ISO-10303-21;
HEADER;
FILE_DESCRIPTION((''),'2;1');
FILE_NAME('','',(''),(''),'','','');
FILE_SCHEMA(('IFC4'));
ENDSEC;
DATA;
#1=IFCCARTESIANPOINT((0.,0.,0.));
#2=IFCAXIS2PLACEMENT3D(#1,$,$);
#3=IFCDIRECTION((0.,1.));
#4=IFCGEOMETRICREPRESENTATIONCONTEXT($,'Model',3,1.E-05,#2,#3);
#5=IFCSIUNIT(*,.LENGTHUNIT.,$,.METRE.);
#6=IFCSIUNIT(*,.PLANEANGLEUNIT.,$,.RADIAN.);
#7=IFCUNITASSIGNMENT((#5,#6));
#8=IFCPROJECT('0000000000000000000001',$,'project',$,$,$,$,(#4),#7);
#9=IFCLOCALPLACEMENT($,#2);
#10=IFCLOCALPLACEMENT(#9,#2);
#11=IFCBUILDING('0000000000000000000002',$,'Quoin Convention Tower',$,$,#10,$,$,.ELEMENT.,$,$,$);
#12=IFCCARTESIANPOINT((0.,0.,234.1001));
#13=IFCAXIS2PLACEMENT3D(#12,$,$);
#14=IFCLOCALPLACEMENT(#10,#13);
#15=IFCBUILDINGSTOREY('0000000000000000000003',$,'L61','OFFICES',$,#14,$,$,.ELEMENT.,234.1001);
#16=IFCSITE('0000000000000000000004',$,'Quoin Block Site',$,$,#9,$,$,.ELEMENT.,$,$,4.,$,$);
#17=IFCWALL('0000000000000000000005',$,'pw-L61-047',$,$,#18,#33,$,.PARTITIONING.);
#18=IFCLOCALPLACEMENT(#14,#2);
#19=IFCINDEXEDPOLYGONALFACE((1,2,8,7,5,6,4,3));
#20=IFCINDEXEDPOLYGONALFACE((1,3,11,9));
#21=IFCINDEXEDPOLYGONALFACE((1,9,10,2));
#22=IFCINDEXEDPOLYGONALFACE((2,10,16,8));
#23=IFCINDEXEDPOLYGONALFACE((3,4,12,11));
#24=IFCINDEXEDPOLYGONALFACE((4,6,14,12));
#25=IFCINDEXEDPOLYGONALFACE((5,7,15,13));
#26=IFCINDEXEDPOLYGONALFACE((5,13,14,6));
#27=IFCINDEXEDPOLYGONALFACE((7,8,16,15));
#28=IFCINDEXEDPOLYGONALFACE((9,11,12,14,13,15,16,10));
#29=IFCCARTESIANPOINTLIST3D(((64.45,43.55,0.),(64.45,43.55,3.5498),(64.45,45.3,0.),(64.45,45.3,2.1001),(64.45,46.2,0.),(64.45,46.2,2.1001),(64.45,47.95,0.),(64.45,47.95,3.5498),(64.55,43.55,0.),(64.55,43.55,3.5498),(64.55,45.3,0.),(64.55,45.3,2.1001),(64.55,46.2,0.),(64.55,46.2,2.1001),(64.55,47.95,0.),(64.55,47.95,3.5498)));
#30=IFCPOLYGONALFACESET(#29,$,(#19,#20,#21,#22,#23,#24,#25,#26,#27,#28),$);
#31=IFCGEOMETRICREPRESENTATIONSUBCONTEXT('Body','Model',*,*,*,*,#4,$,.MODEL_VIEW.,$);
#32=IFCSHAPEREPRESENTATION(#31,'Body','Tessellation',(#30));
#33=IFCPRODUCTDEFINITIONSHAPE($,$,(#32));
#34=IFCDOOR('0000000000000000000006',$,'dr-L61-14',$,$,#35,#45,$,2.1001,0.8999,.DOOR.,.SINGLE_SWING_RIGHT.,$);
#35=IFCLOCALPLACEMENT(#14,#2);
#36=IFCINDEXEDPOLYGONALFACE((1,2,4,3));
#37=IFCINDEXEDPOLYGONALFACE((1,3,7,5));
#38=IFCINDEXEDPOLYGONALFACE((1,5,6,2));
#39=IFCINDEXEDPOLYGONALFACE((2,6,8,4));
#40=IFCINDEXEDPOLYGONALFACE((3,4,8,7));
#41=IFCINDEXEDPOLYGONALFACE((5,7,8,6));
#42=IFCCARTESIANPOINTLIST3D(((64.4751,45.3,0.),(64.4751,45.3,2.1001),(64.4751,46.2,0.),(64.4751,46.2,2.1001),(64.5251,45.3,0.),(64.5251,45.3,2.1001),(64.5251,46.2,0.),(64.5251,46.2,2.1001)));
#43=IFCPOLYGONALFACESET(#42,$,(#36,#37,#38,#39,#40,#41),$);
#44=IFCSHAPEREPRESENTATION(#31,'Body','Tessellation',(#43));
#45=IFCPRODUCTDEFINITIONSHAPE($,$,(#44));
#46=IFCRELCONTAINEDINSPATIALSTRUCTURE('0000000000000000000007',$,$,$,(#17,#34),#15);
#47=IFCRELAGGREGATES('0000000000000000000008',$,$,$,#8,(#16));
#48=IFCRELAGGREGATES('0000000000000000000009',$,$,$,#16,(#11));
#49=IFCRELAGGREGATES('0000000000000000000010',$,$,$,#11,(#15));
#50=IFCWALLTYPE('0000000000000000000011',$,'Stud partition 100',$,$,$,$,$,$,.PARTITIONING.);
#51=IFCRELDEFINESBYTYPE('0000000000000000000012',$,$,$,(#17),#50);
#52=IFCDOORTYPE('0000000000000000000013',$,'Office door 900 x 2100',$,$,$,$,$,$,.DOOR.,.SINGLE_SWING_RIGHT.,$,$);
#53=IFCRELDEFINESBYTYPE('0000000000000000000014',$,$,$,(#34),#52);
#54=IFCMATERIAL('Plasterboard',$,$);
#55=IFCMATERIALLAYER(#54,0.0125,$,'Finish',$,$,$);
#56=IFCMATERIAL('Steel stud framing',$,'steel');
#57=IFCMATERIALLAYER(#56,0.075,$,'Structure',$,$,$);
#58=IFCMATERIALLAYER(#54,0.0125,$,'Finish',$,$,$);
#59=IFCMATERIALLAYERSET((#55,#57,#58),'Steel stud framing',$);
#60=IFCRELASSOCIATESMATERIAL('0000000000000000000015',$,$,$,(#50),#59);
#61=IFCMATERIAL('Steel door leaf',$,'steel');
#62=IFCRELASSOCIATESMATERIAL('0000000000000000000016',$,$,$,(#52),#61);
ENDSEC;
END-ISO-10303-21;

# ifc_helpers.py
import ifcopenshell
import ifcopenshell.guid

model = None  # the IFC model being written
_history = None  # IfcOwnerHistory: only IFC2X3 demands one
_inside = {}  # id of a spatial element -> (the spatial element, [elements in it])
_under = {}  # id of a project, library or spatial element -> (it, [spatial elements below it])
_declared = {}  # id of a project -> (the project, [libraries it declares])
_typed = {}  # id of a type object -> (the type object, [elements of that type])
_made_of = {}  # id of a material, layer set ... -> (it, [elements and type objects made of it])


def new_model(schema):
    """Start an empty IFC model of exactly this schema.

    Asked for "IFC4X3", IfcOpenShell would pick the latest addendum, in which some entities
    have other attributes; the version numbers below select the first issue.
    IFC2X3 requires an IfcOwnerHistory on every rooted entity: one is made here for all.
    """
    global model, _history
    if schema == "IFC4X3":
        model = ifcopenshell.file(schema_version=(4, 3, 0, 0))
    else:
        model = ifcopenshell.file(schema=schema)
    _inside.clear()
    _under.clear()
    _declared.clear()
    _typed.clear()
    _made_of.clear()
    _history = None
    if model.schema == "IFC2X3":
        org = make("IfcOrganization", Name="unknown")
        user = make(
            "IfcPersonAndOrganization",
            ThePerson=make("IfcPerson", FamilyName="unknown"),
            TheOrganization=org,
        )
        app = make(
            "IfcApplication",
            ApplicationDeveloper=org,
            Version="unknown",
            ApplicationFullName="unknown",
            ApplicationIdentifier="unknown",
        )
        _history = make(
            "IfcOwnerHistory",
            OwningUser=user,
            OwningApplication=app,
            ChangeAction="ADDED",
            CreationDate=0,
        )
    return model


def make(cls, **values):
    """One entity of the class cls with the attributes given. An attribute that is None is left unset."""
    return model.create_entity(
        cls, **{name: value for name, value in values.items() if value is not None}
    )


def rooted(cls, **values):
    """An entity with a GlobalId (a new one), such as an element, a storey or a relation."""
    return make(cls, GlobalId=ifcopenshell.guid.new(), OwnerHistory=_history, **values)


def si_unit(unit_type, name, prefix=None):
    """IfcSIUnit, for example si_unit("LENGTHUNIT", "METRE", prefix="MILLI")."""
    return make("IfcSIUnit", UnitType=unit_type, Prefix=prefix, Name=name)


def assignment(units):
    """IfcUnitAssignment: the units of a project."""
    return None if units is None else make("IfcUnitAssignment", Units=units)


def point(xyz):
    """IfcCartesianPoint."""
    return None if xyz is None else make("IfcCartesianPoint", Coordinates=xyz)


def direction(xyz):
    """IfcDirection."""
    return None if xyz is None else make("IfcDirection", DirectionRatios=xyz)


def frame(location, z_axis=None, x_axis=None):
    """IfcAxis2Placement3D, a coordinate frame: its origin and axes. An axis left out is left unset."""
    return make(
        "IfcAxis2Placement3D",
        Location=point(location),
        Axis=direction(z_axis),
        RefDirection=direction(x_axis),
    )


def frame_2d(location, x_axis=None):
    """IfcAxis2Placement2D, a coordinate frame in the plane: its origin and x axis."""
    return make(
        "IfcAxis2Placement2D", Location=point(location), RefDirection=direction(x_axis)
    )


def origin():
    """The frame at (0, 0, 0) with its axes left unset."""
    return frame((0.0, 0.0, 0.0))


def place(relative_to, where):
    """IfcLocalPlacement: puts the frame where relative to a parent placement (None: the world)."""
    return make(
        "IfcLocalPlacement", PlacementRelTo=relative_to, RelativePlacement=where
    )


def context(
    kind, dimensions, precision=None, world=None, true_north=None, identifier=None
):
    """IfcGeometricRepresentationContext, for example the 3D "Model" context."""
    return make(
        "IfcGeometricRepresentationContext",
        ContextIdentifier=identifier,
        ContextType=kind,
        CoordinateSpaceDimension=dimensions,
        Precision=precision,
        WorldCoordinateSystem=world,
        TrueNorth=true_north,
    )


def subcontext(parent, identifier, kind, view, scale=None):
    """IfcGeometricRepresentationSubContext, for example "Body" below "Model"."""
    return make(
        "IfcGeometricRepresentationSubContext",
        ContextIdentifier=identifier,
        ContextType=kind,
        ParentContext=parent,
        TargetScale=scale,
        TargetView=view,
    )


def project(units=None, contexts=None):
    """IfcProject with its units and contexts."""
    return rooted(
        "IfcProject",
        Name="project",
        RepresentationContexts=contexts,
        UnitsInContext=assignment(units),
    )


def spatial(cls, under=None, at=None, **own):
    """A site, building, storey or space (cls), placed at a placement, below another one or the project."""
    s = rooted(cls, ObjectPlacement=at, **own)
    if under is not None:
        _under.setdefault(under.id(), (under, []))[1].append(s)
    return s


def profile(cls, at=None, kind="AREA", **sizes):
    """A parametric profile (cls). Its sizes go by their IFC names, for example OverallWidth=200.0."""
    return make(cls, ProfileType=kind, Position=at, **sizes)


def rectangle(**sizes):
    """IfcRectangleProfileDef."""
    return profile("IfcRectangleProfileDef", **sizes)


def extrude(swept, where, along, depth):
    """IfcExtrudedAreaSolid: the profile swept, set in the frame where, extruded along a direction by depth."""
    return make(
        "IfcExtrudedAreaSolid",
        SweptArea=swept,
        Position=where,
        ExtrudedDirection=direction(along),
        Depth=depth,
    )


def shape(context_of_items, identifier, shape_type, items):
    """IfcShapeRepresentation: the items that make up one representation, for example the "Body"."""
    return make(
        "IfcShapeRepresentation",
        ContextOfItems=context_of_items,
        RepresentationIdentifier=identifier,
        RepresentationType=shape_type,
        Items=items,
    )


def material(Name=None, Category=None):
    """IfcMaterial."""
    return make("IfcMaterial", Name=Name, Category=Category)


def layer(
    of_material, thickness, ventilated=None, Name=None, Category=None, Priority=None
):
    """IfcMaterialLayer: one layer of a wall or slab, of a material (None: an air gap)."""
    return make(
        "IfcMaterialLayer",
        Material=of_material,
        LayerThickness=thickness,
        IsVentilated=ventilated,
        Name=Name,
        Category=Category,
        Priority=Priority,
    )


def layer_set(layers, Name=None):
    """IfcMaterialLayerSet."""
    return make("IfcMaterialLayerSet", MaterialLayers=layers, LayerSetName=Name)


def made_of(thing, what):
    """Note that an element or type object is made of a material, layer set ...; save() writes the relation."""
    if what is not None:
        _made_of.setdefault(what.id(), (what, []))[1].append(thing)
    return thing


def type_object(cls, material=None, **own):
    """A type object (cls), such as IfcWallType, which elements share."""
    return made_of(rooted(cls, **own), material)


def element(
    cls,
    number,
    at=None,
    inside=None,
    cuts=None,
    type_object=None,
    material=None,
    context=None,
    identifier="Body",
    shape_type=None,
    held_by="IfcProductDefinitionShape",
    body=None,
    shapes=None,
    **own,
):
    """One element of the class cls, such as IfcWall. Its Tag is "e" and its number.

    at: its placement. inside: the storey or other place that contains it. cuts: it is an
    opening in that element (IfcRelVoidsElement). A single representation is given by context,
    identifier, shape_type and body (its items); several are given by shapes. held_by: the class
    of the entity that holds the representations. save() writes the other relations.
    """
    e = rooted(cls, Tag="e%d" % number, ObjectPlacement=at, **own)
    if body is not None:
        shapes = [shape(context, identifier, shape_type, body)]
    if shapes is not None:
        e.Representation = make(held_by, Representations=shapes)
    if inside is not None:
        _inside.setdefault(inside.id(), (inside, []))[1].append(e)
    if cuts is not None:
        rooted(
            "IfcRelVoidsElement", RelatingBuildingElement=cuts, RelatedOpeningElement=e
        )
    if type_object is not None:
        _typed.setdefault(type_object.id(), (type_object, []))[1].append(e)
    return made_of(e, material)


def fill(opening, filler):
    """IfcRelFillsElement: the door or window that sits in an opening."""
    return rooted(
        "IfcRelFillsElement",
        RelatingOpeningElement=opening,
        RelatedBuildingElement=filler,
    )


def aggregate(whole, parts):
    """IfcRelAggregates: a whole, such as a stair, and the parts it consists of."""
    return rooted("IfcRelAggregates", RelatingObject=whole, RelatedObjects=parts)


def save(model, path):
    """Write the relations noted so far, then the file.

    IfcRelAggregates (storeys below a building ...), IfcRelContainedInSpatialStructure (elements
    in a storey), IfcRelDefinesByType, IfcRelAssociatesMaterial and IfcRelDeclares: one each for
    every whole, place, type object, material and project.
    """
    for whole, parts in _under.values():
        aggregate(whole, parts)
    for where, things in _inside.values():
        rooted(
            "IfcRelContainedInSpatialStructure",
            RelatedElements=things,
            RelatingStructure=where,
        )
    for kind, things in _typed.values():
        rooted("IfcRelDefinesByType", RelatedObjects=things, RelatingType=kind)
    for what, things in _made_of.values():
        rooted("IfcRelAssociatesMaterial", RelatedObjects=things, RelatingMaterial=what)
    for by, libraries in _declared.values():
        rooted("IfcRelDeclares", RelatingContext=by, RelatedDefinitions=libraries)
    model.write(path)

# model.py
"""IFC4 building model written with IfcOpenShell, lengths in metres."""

from ifc_helpers import new_model, si_unit, direction, frame, frame_2d, origin, place, context, subcontext, project, spatial, rectangle, extrude, material, layer, layer_set, type_object, element, fill, save


model = new_model("IFC4")

# Units and contexts
model_context = context("Model", 3, precision=1e-05, world=origin(), true_north=direction((0.0, 1.0)))
body_context = subcontext(model_context, "Body", "Model", "MODEL_VIEW")
ifc_project = project(units=[si_unit("LENGTHUNIT", "METRE"), si_unit("PLANEANGLEUNIT", "RADIAN")], contexts=[model_context])

# Site, building, storey
site_placement = place(None, origin())
site = spatial("IfcSite", under=ifc_project, at=site_placement, Name="Quoin Block Site", CompositionType="ELEMENT", RefElevation=4.0)
building_placement = place(site_placement, origin())
building = spatial("IfcBuilding", under=site, at=building_placement, Name="Quoin Convention Tower", CompositionType="ELEMENT")
storey_placement = place(building_placement, frame((0.0, 0.0, 234.1001)))
storey = spatial("IfcBuildingStorey", under=building, at=storey_placement, Name="L61", Description="OFFICES", CompositionType="ELEMENT", Elevation=234.1001)

# Shared definitions
ifc_material_1 = material(Name="Plasterboard")
ifc_material_2 = material(Name="Steel stud framing", Category="steel")

# Shared definitions
ifc_material_3 = material(Name="Steel door leaf", Category="steel")

# Shared definitions
ifc_layer_1 = layer(ifc_material_1, 0.0125, Name="Finish")
ifc_layer_2 = layer(ifc_material_2, 0.075, Name="Structure")
ifc_layer_3 = layer(ifc_material_1, 0.0125, Name="Finish")
ifc_layer_set_1 = layer_set([ifc_layer_1, ifc_layer_2, ifc_layer_3], Name="Steel stud framing")
wall_type_1 = type_object("IfcWallType", Name="Stud partition 100", PredefinedType="PARTITIONING", material=ifc_layer_set_1)

# Wall, opening, door
door_type_1 = type_object("IfcDoorType", Name="Office door 900 x 2100", OperationType="SINGLE_SWING_RIGHT", PredefinedType="DOOR", material=ifc_material_3)
wall_1_placement = place(storey_placement, frame((64.5, 43.55, 0.0), z_axis=(0.0, 0.0, 1.0), x_axis=(0.0, 1.0, 0.0)))
wall_1 = element("IfcWall", 1, at=wall_1_placement, inside=storey, type_object=wall_type_1, Name="pw-L61-047", PredefinedType="PARTITIONING", context=body_context, shape_type="SweptSolid", body=[
    extrude(rectangle(XDim=4.3999, YDim=0.1001, at=frame_2d((2.2, 0.0))), origin(), (0.0, 0.0, 1.0), 3.5498),
])
opening_1_placement = place(wall_1_placement, frame((1.75, 0.0, 0.0)))
opening_1 = element("IfcOpeningElement", 2, at=opening_1_placement, cuts=wall_1, PredefinedType="OPENING", context=body_context, shape_type="SweptSolid", body=[
    extrude(rectangle(XDim=0.8999, YDim=2.1001, at=frame_2d((0.45, 1.05))), frame((0.0, 0.0601, 0.0), z_axis=(0.0, -1.0, 0.0), x_axis=(1.0, 0.0, 0.0)), (0.0, 0.0, 1.0), 0.1201),
])
door_1_placement = place(opening_1_placement, origin())
door_1 = element("IfcDoor", 3, at=door_1_placement, inside=storey, type_object=door_type_1, Name="dr-L61-14", OperationType="SINGLE_SWING_RIGHT", OverallHeight=2.1001, OverallWidth=0.8999, PredefinedType="DOOR", context=body_context, shape_type="SweptSolid", body=[
    extrude(rectangle(XDim=0.8999, YDim=2.1001, at=frame_2d((0.45, 1.05))), frame((0.0, 0.0249, 0.0), z_axis=(0.0, -1.0, 0.0), x_axis=(1.0, 0.0, 0.0)), (0.0, 0.0, 1.0), 0.05),
])
fill(opening_1, door_1)

save(model, "model.ifc")
